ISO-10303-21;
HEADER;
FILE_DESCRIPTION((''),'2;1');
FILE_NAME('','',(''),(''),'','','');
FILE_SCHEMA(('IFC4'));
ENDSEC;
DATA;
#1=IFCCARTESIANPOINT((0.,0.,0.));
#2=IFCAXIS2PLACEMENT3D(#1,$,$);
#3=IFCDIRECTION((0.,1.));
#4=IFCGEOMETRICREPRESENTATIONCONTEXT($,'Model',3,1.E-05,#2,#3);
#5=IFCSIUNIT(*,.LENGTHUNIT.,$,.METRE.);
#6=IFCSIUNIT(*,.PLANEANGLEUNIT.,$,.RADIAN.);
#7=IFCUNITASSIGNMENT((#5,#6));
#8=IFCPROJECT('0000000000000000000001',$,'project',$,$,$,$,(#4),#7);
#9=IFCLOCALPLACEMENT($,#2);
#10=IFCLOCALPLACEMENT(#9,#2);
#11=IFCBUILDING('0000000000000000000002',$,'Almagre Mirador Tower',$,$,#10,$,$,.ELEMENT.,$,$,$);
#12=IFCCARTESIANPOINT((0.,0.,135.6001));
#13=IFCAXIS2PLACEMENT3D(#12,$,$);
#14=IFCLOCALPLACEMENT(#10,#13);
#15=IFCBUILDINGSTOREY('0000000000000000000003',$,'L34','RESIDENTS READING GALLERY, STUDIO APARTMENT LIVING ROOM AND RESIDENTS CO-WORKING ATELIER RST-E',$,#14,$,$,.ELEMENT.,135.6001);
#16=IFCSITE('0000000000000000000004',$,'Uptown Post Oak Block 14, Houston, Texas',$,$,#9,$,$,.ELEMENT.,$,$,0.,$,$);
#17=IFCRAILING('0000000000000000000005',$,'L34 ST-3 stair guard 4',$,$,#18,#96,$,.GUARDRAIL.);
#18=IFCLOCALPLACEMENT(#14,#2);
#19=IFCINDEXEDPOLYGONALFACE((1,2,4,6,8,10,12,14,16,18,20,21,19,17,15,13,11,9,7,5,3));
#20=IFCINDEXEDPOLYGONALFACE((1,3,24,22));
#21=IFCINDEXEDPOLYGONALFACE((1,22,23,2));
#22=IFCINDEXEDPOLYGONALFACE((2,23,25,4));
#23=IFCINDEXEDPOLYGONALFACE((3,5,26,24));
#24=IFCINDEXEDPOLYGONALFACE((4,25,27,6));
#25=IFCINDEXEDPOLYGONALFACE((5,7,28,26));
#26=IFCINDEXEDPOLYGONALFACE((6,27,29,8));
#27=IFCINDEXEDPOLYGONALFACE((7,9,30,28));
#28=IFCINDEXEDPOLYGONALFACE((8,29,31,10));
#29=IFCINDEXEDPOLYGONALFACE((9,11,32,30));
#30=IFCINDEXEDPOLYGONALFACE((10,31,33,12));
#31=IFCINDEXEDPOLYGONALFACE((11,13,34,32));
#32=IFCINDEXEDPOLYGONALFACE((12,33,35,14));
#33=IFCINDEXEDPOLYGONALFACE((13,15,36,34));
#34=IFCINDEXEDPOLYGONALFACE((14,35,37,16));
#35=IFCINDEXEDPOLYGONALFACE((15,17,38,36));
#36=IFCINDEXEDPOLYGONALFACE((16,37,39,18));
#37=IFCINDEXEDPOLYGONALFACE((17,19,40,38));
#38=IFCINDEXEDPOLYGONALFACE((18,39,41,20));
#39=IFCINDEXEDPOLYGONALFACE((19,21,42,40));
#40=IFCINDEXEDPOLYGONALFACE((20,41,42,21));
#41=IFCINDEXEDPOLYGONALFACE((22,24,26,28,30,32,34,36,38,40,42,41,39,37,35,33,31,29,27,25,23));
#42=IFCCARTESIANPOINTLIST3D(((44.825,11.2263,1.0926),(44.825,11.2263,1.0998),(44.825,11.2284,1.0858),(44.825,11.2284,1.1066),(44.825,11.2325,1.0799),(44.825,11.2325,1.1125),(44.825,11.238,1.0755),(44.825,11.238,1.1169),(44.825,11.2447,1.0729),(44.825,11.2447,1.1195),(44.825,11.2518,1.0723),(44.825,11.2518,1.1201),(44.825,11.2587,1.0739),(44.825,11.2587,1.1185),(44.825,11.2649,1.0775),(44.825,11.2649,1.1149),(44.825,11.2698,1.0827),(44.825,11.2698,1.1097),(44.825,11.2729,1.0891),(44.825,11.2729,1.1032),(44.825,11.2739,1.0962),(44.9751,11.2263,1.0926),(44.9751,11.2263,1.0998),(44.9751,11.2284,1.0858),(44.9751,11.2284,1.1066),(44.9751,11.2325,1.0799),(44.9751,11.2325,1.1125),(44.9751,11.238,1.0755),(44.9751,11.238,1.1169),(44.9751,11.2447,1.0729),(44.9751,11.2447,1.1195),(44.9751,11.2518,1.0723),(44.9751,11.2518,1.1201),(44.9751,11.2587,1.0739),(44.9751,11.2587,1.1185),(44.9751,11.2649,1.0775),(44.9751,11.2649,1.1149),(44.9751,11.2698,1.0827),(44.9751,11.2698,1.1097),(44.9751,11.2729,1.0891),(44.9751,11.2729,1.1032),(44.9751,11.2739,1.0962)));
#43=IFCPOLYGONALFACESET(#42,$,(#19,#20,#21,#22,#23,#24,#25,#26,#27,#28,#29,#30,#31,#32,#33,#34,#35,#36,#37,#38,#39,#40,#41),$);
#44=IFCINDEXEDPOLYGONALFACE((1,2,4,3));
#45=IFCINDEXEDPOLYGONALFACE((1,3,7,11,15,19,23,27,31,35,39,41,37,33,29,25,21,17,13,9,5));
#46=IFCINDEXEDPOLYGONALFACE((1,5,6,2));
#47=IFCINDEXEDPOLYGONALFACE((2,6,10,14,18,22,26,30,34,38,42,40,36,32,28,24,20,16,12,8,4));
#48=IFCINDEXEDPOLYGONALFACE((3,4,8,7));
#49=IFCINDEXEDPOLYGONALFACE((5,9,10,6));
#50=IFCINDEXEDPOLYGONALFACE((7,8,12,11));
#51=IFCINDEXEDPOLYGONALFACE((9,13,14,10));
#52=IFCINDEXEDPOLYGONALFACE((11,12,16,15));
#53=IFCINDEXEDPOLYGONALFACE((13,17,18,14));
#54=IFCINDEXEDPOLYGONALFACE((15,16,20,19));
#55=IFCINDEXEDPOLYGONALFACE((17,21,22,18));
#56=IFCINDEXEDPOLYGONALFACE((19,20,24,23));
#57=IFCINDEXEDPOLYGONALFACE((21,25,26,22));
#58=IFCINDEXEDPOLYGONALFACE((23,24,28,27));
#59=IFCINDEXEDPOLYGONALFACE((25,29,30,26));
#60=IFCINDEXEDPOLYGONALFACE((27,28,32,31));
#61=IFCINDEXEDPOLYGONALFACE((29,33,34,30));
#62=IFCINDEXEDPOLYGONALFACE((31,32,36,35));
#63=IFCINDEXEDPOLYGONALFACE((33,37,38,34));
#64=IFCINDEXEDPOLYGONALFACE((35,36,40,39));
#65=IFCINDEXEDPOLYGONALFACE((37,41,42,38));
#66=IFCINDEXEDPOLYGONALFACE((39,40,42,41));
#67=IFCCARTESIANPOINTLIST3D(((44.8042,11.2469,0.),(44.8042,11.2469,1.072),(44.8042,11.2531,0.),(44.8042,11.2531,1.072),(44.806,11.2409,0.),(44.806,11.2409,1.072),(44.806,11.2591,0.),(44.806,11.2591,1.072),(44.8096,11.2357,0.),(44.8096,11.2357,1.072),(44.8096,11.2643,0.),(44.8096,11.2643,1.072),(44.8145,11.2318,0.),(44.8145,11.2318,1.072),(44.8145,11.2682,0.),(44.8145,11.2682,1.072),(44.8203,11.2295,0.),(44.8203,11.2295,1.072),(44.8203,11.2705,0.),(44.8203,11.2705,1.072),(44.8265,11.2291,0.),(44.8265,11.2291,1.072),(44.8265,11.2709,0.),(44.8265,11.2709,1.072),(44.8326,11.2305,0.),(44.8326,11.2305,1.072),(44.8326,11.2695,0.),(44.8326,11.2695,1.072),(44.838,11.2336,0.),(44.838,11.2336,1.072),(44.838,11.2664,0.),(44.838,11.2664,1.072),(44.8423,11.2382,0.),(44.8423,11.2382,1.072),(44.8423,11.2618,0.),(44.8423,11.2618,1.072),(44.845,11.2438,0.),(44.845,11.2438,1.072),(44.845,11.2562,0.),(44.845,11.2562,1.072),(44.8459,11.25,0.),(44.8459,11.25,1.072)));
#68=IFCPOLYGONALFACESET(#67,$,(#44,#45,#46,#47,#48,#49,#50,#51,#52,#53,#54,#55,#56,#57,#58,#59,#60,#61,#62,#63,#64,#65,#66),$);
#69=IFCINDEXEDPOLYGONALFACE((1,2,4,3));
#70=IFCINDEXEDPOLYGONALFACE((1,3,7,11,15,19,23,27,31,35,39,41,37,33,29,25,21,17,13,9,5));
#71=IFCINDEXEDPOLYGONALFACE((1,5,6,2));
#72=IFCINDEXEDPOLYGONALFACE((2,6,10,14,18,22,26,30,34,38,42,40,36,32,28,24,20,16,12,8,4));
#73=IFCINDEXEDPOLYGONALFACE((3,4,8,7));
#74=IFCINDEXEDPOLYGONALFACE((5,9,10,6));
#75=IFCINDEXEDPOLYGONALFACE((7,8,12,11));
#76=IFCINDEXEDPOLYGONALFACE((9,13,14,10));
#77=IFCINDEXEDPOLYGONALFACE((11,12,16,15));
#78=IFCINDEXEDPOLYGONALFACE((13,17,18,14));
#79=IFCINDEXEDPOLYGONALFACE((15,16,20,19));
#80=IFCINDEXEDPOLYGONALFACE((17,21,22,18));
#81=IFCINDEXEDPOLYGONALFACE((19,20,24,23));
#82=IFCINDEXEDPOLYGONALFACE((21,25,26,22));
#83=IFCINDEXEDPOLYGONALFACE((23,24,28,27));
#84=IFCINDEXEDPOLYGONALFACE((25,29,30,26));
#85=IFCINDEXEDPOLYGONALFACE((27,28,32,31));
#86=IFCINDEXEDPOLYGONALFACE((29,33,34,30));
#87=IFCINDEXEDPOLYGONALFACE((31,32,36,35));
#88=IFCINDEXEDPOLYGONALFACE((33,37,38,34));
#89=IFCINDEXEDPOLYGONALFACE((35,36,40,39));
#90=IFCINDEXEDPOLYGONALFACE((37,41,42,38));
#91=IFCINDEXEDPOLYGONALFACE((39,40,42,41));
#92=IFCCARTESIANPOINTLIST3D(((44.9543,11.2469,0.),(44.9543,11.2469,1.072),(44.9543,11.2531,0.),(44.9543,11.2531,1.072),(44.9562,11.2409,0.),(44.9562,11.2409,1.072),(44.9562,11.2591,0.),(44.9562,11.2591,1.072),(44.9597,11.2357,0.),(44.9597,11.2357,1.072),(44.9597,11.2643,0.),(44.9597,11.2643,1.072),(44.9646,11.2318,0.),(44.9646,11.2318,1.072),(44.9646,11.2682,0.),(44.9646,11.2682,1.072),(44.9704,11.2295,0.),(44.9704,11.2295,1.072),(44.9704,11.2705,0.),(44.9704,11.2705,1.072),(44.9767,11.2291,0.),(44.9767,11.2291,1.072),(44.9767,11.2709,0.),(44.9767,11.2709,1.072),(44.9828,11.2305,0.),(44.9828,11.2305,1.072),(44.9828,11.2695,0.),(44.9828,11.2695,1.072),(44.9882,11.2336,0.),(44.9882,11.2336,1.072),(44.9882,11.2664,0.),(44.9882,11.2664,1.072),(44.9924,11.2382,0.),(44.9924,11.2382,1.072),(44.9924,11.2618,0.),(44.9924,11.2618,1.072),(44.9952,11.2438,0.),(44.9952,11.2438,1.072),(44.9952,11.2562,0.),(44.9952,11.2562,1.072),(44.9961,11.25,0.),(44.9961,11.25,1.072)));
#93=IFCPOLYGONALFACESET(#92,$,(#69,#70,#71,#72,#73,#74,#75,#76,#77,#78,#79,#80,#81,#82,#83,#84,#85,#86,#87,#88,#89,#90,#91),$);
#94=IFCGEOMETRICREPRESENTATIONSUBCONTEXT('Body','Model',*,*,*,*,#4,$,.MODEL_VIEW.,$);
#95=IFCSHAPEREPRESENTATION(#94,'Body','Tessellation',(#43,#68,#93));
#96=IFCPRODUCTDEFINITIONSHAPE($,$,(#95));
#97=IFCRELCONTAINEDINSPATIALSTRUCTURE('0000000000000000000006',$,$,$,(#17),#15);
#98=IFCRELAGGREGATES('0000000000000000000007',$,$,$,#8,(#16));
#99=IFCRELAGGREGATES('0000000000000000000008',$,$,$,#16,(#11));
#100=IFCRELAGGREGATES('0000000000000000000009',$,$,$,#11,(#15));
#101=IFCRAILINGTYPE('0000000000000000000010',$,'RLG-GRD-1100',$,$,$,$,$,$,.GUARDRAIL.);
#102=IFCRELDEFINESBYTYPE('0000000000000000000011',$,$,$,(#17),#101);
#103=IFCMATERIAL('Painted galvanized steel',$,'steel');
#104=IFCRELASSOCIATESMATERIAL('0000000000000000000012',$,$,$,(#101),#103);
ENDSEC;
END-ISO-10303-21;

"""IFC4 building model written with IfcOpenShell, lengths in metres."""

from ifc_helpers import new_model, si_unit, direction, frame, origin, origin_2d, place, context, subcontext, project, spatial, circle, extrude, material, type_object, element, save


model = new_model("IFC4")

# Units and contexts
model_context = context("Model", 3, precision=1e-05, world=origin(), true_north=direction((0.0, 1.0)))
body_context = subcontext(model_context, "Body", "Model", "MODEL_VIEW")
ifc_project = project(units=[si_unit("LENGTHUNIT", "METRE"), si_unit("PLANEANGLEUNIT", "RADIAN")], contexts=[model_context])

# Site, building, storey
site_placement = place(None, origin())
site = spatial("IfcSite", under=ifc_project, at=site_placement, Name="Uptown Post Oak Block 14, Houston, Texas", CompositionType="ELEMENT", RefElevation=0.0)
building_placement = place(site_placement, origin())
building = spatial("IfcBuilding", under=site, at=building_placement, Name="Almagre Mirador Tower", CompositionType="ELEMENT")
storey_placement = place(building_placement, frame((0.0, 0.0, 135.6001)))
storey = spatial("IfcBuildingStorey", under=building, at=storey_placement, Name="L34", Description="RESIDENTS READING GALLERY, STUDIO APARTMENT LIVING ROOM AND RESIDENTS CO-WORKING ATELIER RST-E", CompositionType="ELEMENT", Elevation=135.6001)

# Railing
ifc_material_1 = material(Name="Painted galvanized steel", Category="steel")
railing_type_1 = type_object("IfcRailingType", Name="RLG-GRD-1100", PredefinedType="GUARDRAIL", material=ifc_material_1)
railing_1_placement = place(storey_placement, frame((44.825, 11.25, 0.0)))
element("IfcRailing", 1, at=railing_1_placement, inside=storey, type_object=railing_type_1, Name="L34 ST-3 stair guard 4", PredefinedType="GUARDRAIL", context=body_context, shape_type="SweptSolid", body=[
    extrude(circle(Radius=0.0239, at=origin_2d()), frame((0.0, 0.0, 1.0962), z_axis=(1.0, 0.0, 0.0), x_axis=(0.0, 1.0, 0.0)), (0.0, 0.0, 1.0), 0.1501),
    extrude(circle(Radius=0.021, at=origin_2d()), origin(), (0.0, 0.0, 1.0), 1.072),
    extrude(circle(Radius=0.021, at=origin_2d()), frame((0.1501, 0.0, 0.0)), (0.0, 0.0, 1.0), 1.072),
])

save(model, "model.ifc")
